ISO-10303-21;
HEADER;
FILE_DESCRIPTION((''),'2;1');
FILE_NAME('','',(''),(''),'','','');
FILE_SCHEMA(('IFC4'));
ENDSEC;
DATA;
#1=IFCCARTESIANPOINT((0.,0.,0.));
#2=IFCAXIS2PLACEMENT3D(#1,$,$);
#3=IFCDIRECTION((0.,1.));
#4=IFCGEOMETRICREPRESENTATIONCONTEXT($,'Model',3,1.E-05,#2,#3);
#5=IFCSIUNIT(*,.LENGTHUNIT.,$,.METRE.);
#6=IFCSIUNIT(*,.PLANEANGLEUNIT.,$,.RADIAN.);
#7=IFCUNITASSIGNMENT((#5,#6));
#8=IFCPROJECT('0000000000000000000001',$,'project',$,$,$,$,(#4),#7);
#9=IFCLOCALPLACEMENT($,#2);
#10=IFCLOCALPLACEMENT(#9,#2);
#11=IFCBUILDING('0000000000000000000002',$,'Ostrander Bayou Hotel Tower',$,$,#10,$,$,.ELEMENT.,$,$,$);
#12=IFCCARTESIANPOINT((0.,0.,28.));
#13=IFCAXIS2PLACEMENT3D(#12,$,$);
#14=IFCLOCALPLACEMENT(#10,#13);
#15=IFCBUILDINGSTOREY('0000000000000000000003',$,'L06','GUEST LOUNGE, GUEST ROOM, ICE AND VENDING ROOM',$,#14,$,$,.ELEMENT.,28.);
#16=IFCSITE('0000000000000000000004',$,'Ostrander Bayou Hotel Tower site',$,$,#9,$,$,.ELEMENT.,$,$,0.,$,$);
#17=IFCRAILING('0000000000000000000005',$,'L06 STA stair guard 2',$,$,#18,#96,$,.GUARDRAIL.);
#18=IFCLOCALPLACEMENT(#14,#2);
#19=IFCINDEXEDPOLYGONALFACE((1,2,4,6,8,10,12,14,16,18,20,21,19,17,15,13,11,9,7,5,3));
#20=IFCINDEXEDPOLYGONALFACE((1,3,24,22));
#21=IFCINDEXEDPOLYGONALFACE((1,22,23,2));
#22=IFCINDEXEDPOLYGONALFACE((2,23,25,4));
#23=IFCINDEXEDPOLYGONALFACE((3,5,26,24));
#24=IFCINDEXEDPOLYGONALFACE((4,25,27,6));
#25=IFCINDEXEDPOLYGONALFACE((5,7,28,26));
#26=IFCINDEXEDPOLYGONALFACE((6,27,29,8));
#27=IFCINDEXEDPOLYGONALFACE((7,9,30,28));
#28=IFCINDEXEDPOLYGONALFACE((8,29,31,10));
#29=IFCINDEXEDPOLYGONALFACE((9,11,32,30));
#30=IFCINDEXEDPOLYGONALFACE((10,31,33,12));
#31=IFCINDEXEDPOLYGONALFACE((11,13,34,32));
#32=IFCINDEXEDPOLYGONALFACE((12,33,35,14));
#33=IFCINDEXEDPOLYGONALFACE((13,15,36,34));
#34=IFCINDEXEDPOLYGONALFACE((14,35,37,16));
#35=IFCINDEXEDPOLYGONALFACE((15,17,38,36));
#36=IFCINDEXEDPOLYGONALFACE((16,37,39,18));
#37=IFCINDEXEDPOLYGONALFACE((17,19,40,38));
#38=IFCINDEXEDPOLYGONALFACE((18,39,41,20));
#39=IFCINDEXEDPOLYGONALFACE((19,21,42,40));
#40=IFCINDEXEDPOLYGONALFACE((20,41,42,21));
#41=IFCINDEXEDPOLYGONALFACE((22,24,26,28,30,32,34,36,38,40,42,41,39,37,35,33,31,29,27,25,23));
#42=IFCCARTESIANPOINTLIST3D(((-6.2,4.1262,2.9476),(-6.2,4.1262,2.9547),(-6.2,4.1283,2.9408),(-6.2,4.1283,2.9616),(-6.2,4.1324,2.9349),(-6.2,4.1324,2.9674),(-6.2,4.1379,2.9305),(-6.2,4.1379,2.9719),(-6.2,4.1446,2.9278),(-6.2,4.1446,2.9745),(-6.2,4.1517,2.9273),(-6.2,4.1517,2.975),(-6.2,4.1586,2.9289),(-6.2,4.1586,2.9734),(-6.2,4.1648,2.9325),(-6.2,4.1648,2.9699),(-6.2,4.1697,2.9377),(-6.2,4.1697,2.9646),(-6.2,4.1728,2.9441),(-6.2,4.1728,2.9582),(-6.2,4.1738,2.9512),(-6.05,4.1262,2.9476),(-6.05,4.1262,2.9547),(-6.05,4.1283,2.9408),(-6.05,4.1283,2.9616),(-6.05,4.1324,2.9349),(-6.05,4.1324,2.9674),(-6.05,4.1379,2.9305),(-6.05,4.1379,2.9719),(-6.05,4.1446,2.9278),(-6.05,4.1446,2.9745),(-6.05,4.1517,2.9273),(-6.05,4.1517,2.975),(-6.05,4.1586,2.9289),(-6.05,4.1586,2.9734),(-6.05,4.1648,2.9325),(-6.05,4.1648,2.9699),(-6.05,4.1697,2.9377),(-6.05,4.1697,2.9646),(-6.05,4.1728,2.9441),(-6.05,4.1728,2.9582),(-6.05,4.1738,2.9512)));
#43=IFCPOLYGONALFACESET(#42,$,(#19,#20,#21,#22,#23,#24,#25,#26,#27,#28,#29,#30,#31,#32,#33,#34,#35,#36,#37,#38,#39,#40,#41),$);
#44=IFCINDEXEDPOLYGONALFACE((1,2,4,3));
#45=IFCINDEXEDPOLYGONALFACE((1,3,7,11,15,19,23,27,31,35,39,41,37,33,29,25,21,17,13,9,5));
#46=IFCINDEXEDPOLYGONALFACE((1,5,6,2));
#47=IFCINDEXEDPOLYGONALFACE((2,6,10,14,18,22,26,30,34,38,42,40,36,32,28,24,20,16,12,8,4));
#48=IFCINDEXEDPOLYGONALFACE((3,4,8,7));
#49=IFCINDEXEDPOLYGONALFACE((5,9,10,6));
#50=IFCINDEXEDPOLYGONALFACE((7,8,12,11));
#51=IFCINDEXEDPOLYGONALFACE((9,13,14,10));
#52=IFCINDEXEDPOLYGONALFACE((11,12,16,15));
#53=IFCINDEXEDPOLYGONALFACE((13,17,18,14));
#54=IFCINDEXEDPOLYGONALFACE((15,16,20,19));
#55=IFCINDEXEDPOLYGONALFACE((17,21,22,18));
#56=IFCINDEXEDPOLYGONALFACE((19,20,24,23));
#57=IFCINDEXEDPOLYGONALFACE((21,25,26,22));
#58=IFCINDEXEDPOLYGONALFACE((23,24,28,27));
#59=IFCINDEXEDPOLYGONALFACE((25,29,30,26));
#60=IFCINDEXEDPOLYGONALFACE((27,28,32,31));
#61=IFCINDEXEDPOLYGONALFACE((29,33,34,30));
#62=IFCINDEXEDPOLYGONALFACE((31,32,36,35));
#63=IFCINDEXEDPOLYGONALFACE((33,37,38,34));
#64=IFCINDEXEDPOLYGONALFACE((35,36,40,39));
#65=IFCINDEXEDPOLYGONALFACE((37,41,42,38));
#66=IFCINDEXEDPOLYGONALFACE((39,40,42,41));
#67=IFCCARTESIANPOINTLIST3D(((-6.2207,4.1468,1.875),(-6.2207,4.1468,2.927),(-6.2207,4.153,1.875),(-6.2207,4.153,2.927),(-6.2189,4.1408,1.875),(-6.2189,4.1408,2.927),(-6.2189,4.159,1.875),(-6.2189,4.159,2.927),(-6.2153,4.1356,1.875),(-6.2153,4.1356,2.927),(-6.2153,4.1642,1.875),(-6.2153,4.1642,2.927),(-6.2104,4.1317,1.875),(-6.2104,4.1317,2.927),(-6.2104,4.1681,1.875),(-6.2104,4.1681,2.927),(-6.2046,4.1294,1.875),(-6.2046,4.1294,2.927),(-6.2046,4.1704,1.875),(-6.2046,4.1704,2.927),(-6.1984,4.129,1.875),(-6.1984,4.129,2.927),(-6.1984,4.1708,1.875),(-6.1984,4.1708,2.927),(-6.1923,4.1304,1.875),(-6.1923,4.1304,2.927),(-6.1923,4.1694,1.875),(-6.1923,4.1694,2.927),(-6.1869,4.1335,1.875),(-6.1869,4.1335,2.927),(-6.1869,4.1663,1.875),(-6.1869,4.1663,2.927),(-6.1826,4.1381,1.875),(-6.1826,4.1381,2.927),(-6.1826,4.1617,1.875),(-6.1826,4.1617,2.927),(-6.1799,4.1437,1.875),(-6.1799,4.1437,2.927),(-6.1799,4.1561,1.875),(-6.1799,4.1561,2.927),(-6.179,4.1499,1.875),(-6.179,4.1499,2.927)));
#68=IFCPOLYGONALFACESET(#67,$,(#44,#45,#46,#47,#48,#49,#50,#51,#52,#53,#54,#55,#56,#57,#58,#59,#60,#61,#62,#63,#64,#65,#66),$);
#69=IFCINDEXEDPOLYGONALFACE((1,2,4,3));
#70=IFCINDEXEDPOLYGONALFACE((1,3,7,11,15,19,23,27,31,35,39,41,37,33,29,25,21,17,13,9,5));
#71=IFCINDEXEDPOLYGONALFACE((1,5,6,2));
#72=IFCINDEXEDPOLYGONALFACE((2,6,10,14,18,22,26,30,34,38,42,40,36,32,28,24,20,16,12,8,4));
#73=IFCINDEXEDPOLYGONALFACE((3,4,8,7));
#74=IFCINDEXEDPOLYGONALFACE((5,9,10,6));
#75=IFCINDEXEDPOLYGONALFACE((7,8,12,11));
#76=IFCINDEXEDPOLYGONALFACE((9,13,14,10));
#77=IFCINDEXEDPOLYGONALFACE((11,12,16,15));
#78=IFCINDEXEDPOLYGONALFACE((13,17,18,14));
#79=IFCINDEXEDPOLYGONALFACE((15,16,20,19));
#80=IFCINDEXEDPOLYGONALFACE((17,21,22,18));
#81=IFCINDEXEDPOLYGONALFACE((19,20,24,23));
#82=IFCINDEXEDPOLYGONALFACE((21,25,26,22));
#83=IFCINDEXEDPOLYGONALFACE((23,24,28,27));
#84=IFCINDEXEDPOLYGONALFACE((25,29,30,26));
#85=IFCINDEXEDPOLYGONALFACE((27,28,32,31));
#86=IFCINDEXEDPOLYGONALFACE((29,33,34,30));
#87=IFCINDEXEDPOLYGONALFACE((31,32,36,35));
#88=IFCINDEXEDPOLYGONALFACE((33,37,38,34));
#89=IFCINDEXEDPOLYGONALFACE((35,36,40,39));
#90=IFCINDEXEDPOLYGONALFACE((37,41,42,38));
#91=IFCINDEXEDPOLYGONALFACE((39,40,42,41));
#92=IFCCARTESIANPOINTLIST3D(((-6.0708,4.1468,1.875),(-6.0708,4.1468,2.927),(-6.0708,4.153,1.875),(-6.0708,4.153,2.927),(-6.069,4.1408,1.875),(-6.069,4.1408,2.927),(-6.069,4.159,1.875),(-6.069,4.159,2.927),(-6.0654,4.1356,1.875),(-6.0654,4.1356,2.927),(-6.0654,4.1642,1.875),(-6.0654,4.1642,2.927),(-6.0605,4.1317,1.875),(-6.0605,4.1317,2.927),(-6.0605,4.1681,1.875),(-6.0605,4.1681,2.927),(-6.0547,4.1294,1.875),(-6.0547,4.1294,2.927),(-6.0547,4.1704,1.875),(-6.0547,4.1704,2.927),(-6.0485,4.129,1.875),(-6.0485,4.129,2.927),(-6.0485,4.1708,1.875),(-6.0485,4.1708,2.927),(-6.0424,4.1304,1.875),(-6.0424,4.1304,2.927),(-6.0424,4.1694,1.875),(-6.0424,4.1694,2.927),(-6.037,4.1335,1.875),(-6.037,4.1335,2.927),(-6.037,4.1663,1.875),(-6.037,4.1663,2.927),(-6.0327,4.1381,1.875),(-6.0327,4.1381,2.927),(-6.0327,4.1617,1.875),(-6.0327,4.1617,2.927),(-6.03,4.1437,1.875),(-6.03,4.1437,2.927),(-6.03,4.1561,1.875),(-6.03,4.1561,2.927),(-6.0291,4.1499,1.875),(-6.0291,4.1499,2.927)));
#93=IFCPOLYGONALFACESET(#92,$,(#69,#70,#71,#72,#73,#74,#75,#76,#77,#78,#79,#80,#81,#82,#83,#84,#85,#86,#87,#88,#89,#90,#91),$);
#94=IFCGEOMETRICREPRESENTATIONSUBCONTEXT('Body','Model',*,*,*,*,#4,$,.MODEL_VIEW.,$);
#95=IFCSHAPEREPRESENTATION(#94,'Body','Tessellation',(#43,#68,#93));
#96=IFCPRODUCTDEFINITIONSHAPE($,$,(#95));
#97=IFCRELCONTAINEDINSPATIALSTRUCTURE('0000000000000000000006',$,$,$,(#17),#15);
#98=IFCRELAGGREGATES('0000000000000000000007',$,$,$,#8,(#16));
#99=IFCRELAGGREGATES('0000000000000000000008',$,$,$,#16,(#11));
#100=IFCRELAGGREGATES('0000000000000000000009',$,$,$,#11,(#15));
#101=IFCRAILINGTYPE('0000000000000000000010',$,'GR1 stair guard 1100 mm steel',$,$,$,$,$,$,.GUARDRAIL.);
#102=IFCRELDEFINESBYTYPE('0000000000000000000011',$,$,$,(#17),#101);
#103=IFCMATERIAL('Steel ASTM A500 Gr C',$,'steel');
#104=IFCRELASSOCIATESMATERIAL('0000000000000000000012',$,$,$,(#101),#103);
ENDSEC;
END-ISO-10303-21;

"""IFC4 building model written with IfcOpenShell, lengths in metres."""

from ifc_helpers import new_model, si_unit, direction, frame, origin, origin_2d, place, context, subcontext, project, spatial, circle, extrude, material, type_object, element, save


model = new_model("IFC4")

# Units and contexts
model_context = context("Model", 3, precision=1e-05, world=origin(), true_north=direction((0.0, 1.0)))
body_context = subcontext(model_context, "Body", "Model", "MODEL_VIEW")
ifc_project = project(units=[si_unit("LENGTHUNIT", "METRE"), si_unit("PLANEANGLEUNIT", "RADIAN")], contexts=[model_context])

# Site, building, storey
site_placement = place(None, origin())
site = spatial("IfcSite", under=ifc_project, at=site_placement, Name="Ostrander Bayou Hotel Tower site", CompositionType="ELEMENT", RefElevation=0.0)
building_placement = place(site_placement, origin())
building = spatial("IfcBuilding", under=site, at=building_placement, Name="Ostrander Bayou Hotel Tower", CompositionType="ELEMENT")
storey_placement = place(building_placement, frame((0.0, 0.0, 28.0)))
storey = spatial("IfcBuildingStorey", under=building, at=storey_placement, Name="L06", Description="GUEST LOUNGE, GUEST ROOM, ICE AND VENDING ROOM", CompositionType="ELEMENT", Elevation=28.0)

# Railing
ifc_material_1 = material(Name="Steel ASTM A500 Gr C", Category="steel")
railing_type_1 = type_object("IfcRailingType", Name="GR1 stair guard 1100 mm steel", PredefinedType="GUARDRAIL", material=ifc_material_1)
railing_1_placement = place(storey_placement, frame((-6.2, 4.1499, 1.875)))
element("IfcRailing", 1, at=railing_1_placement, inside=storey, type_object=railing_type_1, Name="L06 STA stair guard 2", PredefinedType="GUARDRAIL", context=body_context, shape_type="SweptSolid", body=[
    extrude(circle(Radius=0.0239, at=origin_2d()), frame((0.0, 0.0, 1.0762), z_axis=(1.0, 0.0, 0.0), x_axis=(0.0, 1.0, 0.0)), (0.0, 0.0, 1.0), 0.1499),
    extrude(circle(Radius=0.021, at=origin_2d()), origin(), (0.0, 0.0, 1.0), 1.052),
    extrude(circle(Radius=0.021, at=origin_2d()), frame((0.1499, 0.0, 0.0)), (0.0, 0.0, 1.0), 1.052),
])

save(model, "model.ifc")
